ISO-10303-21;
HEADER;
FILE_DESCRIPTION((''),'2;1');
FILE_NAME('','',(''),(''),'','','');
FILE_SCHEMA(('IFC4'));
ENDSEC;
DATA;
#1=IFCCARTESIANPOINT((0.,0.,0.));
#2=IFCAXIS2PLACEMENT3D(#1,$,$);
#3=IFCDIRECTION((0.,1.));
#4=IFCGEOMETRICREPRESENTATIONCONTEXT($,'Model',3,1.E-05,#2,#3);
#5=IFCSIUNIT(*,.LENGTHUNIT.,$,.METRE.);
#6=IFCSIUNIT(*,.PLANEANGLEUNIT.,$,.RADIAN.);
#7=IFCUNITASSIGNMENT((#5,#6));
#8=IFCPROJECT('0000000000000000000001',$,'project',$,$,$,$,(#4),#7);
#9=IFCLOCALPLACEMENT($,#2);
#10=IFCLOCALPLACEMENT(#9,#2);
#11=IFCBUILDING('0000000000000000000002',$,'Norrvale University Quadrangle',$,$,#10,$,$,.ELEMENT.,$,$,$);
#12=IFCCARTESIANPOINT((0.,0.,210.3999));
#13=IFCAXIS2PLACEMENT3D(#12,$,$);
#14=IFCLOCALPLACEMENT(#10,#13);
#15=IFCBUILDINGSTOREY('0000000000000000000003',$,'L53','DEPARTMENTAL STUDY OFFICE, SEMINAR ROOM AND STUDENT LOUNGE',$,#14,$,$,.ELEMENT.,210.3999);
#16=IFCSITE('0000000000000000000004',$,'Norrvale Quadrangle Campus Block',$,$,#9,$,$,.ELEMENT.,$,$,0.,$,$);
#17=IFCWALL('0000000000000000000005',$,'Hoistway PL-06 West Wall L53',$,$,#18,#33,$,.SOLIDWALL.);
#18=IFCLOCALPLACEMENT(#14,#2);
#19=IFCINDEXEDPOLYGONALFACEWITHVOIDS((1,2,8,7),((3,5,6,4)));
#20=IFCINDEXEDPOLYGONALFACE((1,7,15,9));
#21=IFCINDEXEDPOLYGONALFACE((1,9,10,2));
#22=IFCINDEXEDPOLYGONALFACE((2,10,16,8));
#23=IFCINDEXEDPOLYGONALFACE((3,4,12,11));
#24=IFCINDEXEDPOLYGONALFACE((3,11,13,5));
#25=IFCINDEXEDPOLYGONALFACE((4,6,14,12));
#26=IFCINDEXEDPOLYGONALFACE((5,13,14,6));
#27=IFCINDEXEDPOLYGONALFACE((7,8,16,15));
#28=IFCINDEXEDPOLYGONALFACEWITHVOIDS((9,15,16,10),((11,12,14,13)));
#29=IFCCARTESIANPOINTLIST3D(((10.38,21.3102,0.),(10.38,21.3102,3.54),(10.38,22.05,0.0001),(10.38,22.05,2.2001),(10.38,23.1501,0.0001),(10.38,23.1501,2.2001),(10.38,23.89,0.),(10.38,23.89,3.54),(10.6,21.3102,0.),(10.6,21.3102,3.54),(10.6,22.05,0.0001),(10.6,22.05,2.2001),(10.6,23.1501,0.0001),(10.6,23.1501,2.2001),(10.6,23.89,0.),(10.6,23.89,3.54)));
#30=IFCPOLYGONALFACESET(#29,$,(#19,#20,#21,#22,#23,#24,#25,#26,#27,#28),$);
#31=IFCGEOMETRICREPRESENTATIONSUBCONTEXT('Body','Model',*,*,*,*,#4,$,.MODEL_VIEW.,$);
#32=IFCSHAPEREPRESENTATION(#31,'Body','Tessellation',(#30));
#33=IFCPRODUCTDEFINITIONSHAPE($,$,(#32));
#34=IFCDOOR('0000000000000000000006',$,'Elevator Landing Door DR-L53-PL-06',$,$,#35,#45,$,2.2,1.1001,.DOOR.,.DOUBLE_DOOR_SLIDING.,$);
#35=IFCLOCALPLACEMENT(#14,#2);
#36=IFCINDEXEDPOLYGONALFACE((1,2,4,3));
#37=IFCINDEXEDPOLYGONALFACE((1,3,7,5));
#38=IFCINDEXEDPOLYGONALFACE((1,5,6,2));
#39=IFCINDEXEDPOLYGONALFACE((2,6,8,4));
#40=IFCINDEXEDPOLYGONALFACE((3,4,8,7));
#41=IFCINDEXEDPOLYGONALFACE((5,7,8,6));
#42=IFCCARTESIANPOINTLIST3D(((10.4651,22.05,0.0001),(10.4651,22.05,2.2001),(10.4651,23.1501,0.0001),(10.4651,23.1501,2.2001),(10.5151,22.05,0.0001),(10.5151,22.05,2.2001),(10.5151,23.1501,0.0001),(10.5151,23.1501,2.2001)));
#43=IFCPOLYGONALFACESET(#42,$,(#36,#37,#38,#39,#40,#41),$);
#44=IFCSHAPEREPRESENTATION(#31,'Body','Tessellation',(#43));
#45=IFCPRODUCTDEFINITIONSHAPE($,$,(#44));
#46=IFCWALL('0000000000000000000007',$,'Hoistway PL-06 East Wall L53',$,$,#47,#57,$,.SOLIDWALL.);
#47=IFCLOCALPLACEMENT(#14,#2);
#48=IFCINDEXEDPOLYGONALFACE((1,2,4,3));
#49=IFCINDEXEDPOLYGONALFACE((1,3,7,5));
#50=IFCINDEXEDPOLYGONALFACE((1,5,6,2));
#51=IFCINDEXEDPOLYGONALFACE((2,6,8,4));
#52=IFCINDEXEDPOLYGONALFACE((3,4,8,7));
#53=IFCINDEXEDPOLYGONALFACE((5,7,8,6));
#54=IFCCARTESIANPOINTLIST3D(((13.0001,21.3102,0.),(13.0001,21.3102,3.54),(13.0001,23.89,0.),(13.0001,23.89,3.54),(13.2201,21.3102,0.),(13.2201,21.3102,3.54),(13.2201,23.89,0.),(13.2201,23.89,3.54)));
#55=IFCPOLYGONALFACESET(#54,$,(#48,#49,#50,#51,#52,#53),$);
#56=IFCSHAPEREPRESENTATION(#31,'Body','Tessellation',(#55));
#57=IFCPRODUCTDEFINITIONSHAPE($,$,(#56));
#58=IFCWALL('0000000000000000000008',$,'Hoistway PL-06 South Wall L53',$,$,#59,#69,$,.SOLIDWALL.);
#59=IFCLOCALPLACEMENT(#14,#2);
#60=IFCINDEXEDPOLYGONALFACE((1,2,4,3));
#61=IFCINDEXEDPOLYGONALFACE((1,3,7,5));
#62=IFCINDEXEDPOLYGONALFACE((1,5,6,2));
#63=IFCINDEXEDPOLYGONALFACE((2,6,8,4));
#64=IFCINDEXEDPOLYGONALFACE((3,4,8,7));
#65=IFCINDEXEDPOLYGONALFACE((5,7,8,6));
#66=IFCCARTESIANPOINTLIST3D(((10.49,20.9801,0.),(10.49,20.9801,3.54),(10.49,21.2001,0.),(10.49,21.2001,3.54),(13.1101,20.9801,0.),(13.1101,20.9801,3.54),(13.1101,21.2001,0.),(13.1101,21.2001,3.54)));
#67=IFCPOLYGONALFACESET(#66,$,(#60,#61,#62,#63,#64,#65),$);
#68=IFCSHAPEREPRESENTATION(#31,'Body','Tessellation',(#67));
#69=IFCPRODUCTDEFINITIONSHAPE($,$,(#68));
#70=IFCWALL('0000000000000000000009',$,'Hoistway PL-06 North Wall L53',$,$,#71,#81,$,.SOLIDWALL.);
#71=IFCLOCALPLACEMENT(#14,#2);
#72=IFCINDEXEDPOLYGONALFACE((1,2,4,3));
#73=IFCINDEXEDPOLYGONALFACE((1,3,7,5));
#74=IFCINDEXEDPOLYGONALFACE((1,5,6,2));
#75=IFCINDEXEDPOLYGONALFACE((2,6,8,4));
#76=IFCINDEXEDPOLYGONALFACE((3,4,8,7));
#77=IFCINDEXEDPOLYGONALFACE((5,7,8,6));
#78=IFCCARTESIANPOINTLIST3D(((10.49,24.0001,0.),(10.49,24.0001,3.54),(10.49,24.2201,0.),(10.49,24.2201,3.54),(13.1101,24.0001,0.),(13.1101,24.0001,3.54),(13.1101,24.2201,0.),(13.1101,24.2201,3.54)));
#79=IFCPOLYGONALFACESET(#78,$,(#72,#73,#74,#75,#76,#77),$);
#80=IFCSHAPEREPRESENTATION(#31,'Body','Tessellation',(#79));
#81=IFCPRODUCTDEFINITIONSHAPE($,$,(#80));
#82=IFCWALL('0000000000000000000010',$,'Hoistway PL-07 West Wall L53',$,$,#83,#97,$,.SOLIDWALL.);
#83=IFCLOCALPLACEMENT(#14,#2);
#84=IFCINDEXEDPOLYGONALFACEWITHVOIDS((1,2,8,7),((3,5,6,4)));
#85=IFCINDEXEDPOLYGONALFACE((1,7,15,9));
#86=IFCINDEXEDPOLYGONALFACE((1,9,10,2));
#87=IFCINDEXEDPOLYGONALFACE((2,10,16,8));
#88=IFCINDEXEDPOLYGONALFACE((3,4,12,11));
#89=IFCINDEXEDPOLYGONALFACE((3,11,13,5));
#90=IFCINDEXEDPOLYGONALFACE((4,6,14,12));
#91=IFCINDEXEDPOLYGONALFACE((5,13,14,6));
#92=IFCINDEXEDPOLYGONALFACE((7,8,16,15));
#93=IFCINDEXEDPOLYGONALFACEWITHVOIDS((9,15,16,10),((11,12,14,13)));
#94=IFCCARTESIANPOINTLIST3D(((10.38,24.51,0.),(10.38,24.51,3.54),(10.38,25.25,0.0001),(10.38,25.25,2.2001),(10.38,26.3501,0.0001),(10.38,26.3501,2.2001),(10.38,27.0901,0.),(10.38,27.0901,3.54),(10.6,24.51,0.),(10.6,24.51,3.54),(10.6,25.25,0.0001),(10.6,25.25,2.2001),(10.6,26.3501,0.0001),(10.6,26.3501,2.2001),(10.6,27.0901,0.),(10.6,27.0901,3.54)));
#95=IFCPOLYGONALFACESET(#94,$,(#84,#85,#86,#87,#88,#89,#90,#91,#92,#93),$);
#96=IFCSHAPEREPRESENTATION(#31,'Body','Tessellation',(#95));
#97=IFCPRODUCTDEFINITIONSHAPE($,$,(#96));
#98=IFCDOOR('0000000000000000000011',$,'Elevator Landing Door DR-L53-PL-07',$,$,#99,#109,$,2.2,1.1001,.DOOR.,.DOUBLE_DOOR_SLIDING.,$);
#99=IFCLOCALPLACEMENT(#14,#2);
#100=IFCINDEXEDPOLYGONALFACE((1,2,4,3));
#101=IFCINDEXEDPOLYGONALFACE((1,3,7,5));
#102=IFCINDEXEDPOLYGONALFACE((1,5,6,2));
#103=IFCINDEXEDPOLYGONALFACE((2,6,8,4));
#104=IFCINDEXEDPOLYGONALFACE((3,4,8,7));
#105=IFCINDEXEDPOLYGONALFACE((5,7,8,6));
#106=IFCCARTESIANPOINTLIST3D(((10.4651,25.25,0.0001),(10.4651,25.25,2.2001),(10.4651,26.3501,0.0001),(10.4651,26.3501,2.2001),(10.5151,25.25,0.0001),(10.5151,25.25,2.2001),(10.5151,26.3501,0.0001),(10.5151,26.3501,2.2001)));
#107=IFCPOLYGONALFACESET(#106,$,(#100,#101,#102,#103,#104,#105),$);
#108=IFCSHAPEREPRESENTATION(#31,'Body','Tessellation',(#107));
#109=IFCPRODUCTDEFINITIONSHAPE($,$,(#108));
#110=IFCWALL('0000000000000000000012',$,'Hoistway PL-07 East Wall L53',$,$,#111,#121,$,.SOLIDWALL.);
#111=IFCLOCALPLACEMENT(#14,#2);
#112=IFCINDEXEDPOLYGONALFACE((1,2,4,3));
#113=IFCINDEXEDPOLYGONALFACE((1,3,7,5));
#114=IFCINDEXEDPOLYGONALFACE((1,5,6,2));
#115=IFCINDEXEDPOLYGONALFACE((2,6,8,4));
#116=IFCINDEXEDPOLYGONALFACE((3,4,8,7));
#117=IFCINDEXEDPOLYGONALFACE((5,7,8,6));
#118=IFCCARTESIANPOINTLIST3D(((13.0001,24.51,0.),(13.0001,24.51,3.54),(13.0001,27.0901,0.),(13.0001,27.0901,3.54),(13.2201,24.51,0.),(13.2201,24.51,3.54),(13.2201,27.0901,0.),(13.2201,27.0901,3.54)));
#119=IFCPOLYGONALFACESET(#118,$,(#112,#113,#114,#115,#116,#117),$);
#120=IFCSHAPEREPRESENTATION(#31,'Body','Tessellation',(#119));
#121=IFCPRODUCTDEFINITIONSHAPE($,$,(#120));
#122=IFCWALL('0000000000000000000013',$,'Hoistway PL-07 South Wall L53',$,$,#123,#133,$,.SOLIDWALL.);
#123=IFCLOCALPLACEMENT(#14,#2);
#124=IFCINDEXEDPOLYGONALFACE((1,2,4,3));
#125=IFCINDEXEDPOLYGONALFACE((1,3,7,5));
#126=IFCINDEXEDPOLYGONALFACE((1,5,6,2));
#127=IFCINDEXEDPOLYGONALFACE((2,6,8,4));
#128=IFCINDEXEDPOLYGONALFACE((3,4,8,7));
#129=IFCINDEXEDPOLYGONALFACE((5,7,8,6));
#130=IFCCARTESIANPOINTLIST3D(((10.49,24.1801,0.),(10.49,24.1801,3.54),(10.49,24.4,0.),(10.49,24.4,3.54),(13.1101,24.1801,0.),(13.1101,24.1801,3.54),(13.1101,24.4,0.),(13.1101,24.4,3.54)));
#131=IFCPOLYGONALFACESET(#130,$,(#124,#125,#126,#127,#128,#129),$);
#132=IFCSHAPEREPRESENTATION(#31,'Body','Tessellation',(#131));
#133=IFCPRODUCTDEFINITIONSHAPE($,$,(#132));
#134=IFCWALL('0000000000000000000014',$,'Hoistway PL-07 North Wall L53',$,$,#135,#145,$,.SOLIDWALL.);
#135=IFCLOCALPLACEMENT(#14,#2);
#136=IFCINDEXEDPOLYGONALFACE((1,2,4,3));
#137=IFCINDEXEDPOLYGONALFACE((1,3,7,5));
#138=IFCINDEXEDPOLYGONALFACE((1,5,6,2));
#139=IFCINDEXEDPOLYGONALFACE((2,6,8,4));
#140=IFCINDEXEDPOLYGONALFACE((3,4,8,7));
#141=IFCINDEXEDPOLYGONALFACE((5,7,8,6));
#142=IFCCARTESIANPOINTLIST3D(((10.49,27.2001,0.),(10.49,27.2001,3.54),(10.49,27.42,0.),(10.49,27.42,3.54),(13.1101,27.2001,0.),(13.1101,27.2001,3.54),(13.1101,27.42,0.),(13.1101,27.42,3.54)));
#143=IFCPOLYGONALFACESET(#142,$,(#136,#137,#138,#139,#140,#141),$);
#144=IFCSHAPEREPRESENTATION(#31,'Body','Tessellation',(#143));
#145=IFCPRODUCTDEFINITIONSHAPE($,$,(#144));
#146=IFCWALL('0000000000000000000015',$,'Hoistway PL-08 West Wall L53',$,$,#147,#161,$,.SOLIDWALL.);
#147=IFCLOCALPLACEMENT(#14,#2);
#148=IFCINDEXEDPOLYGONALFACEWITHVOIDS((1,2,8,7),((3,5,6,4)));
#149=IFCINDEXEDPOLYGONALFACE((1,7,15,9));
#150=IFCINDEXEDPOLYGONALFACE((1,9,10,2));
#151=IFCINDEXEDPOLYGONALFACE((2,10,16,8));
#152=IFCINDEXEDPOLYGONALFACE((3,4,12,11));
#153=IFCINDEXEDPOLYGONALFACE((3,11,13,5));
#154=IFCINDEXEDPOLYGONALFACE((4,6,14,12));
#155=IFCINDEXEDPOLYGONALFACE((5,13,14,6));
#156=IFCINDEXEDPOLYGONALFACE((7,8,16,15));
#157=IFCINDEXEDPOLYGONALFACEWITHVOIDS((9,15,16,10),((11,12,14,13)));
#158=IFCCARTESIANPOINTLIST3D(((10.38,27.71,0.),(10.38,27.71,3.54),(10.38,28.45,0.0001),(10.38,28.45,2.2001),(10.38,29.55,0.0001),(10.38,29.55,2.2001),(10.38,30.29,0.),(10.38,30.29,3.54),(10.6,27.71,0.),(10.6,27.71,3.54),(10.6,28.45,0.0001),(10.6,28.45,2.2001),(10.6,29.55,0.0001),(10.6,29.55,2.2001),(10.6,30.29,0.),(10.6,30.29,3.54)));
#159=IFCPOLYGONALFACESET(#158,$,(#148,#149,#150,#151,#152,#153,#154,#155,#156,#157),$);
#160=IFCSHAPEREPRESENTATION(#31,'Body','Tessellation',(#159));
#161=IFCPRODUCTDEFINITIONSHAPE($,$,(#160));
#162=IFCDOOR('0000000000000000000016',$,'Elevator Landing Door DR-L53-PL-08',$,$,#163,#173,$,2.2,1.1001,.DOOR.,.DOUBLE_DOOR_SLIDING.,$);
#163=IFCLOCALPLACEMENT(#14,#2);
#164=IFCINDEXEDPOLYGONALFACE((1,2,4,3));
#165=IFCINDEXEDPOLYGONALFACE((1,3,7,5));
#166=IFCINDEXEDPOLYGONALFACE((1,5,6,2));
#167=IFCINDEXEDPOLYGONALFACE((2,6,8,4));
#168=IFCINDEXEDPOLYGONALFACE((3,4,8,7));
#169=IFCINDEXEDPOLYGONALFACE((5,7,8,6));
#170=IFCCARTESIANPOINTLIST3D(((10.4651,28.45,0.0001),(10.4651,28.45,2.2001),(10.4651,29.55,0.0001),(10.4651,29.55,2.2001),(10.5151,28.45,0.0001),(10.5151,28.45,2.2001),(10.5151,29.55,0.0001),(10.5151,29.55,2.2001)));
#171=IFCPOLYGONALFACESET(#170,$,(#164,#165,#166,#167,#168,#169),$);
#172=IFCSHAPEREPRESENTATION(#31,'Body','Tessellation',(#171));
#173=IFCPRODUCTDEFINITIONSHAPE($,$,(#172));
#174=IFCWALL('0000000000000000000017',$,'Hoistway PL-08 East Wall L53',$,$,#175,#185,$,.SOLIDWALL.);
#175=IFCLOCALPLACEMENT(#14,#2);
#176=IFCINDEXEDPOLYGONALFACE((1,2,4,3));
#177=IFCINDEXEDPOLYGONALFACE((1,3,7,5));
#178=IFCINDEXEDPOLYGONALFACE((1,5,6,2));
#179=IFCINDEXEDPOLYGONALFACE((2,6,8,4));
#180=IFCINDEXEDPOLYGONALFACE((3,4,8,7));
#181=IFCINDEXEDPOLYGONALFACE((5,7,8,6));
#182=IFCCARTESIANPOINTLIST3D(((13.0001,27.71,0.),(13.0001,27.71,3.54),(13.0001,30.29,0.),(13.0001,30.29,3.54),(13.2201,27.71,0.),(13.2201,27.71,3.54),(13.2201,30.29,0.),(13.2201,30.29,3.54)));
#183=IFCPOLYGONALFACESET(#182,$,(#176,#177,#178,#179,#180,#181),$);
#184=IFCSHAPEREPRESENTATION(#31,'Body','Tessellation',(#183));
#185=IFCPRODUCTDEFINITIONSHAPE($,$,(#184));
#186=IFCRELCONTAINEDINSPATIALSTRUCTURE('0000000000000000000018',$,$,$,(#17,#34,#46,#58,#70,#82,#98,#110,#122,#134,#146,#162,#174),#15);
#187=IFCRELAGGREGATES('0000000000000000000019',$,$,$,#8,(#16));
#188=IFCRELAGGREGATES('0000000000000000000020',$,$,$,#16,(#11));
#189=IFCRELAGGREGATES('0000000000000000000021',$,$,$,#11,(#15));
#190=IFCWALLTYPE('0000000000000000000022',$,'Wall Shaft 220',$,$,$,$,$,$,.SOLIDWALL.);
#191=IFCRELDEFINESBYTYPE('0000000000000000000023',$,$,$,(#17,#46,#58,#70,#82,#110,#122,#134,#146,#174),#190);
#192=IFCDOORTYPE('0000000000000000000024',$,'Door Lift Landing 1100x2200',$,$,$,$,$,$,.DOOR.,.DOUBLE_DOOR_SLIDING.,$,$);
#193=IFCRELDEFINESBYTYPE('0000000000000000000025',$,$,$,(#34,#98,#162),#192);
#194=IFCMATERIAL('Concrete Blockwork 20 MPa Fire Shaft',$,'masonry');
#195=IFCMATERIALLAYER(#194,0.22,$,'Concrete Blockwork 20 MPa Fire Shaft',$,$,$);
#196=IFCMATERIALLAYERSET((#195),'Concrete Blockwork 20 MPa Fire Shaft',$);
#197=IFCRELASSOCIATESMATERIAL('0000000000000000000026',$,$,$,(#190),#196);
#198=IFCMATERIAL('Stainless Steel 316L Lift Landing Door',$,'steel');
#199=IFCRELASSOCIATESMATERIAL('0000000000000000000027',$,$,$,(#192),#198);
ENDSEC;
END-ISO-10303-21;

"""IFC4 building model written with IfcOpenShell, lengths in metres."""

from ifc_helpers import new_model, si_unit, direction, frame, frame_2d, origin, place, context, subcontext, project, spatial, rectangle, extrude, material, layer, layer_set, type_object, element, fill, save


model = new_model("IFC4")

# Units and contexts
model_context = context("Model", 3, precision=1e-05, world=origin(), true_north=direction((0.0, 1.0)))
body_context = subcontext(model_context, "Body", "Model", "MODEL_VIEW")
ifc_project = project(units=[si_unit("LENGTHUNIT", "METRE"), si_unit("PLANEANGLEUNIT", "RADIAN")], contexts=[model_context])

# Site, building, storey
site_placement = place(None, origin())
site = spatial("IfcSite", under=ifc_project, at=site_placement, Name="Norrvale Quadrangle Campus Block", CompositionType="ELEMENT", RefElevation=0.0)
building_placement = place(site_placement, origin())
building = spatial("IfcBuilding", under=site, at=building_placement, Name="Norrvale University Quadrangle", CompositionType="ELEMENT")
storey_placement = place(building_placement, frame((0.0, 0.0, 210.3999)))
storey = spatial("IfcBuildingStorey", under=building, at=storey_placement, Name="L53", Description="DEPARTMENTAL STUDY OFFICE, SEMINAR ROOM AND STUDENT LOUNGE", CompositionType="ELEMENT", Elevation=210.3999)

# Shared definitions
ifc_material_1 = material(Name="Concrete Blockwork 20 MPa Fire Shaft", Category="masonry")
ifc_layer_1 = layer(ifc_material_1, 0.22, Name="Concrete Blockwork 20 MPa Fire Shaft")
ifc_layer_set_1 = layer_set([ifc_layer_1], Name="Concrete Blockwork 20 MPa Fire Shaft")
wall_type_1 = type_object("IfcWallType", Name="Wall Shaft 220", PredefinedType="SOLIDWALL", material=ifc_layer_set_1)

# Wall, opening, door
wall_1_placement = place(storey_placement, frame((10.49, 21.3101, 0.0), z_axis=(0.0, 0.0, 1.0), x_axis=(0.0, 1.0, 0.0)))
wall_1 = element("IfcWall", 1, at=wall_1_placement, inside=storey, type_object=wall_type_1, Name="Hoistway PL-06 West Wall L53", PredefinedType="SOLIDWALL", context=body_context, shape_type="SweptSolid", body=[
    extrude(rectangle(XDim=2.5798, YDim=0.22, at=frame_2d((1.29, 0.0))), origin(), (0.0, 0.0, 1.0), 3.54),
])
opening_1_placement = place(wall_1_placement, frame((0.74, 0.0, 0.0)))
opening_1 = element("IfcOpeningElement", 2, at=opening_1_placement, cuts=wall_1, PredefinedType="OPENING", context=body_context, shape_type="SweptSolid", body=[
    extrude(rectangle(XDim=1.1001, YDim=2.2, at=frame_2d((0.55, 1.1001))), frame((0.0, 0.1221, 0.0), z_axis=(0.0, -1.0, 0.0), x_axis=(1.0, 0.0, 0.0)), (0.0, 0.0, 1.0), 0.2439),
])
ifc_material_2 = material(Name="Stainless Steel 316L Lift Landing Door", Category="steel")
door_type_1 = type_object("IfcDoorType", Name="Door Lift Landing 1100x2200", OperationType="DOUBLE_DOOR_SLIDING", PredefinedType="DOOR", material=ifc_material_2)
door_1_placement = place(opening_1_placement, origin())
door_1 = element("IfcDoor", 3, at=door_1_placement, inside=storey, type_object=door_type_1, Name="Elevator Landing Door DR-L53-PL-06", OperationType="DOUBLE_DOOR_SLIDING", OverallHeight=2.2, OverallWidth=1.1001, PredefinedType="DOOR", context=body_context, shape_type="SweptSolid", body=[
    extrude(rectangle(XDim=1.1001, YDim=2.2, at=frame_2d((0.55, 1.1001))), frame((0.0, 0.0249, 0.0), z_axis=(0.0, -1.0, 0.0), x_axis=(1.0, 0.0, 0.0)), (0.0, 0.0, 1.0), 0.05),
])
fill(opening_1, door_1)

# Walls
wall_2_placement = place(storey_placement, frame((13.1101, 21.3101, 0.0), z_axis=(0.0, 0.0, 1.0), x_axis=(0.0, 1.0, 0.0)))
element("IfcWall", 4, at=wall_2_placement, inside=storey, type_object=wall_type_1, Name="Hoistway PL-06 East Wall L53", PredefinedType="SOLIDWALL", context=body_context, shape_type="SweptSolid", body=[
    extrude(rectangle(XDim=2.5798, YDim=0.22, at=frame_2d((1.29, 0.0))), origin(), (0.0, 0.0, 1.0), 3.54),
])
for number, where, z_axis, x_axis, name in (
    (5, (10.49, 21.0901, 0.0), (0.0, 0.0, 1.0), (1.0, 0.0, 0.0), "Hoistway PL-06 South Wall L53"),
    (6, (10.49, 24.1101, 0.0), (0.0, 0.0, 1.0), (1.0, 0.0, 0.0), "Hoistway PL-06 North Wall L53"),
):
    element("IfcWall", number, at=place(storey_placement, frame(where, z_axis=z_axis, x_axis=x_axis)), inside=storey, type_object=wall_type_1, Name=name, PredefinedType="SOLIDWALL", context=body_context, shape_type="SweptSolid", body=[
        extrude(rectangle(XDim=2.6201, YDim=0.22, at=frame_2d((1.3101, 0.0))), origin(), (0.0, 0.0, 1.0), 3.54),
    ])

# Wall, opening, door
wall_3_placement = place(storey_placement, frame((10.49, 24.51, 0.0), z_axis=(0.0, 0.0, 1.0), x_axis=(0.0, 1.0, 0.0)))
wall_3 = element("IfcWall", 7, at=wall_3_placement, inside=storey, type_object=wall_type_1, Name="Hoistway PL-07 West Wall L53", PredefinedType="SOLIDWALL", context=body_context, shape_type="SweptSolid", body=[
    extrude(rectangle(XDim=2.5801, YDim=0.22, at=frame_2d((1.29, 0.0))), origin(), (0.0, 0.0, 1.0), 3.54),
])
opening_2_placement = place(wall_3_placement, frame((0.74, 0.0, 0.0)))
opening_2 = element("IfcOpeningElement", 8, at=opening_2_placement, cuts=wall_3, PredefinedType="OPENING", context=body_context, shape_type="SweptSolid", body=[
    extrude(rectangle(XDim=1.1001, YDim=2.2, at=frame_2d((0.55, 1.1001))), frame((0.0, 0.1221, 0.0), z_axis=(0.0, -1.0, 0.0), x_axis=(1.0, 0.0, 0.0)), (0.0, 0.0, 1.0), 0.2439),
])
door_2_placement = place(opening_2_placement, origin())
door_2 = element("IfcDoor", 9, at=door_2_placement, inside=storey, type_object=door_type_1, Name="Elevator Landing Door DR-L53-PL-07", OperationType="DOUBLE_DOOR_SLIDING", OverallHeight=2.2, OverallWidth=1.1001, PredefinedType="DOOR", context=body_context, shape_type="SweptSolid", body=[
    extrude(rectangle(XDim=1.1001, YDim=2.2, at=frame_2d((0.55, 1.1001))), frame((0.0, 0.0249, 0.0), z_axis=(0.0, -1.0, 0.0), x_axis=(1.0, 0.0, 0.0)), (0.0, 0.0, 1.0), 0.05),
])
fill(opening_2, door_2)

# Walls
wall_4_placement = place(storey_placement, frame((13.1101, 24.51, 0.0), z_axis=(0.0, 0.0, 1.0), x_axis=(0.0, 1.0, 0.0)))
element("IfcWall", 10, at=wall_4_placement, inside=storey, type_object=wall_type_1, Name="Hoistway PL-07 East Wall L53", PredefinedType="SOLIDWALL", context=body_context, shape_type="SweptSolid", body=[
    extrude(rectangle(XDim=2.5801, YDim=0.22, at=frame_2d((1.29, 0.0))), origin(), (0.0, 0.0, 1.0), 3.54),
])
for number, where, z_axis, x_axis, name in (
    (11, (10.49, 24.29, 0.0), (0.0, 0.0, 1.0), (1.0, 0.0, 0.0), "Hoistway PL-07 South Wall L53"),
    (12, (10.49, 27.3101, 0.0), (0.0, 0.0, 1.0), (1.0, 0.0, 0.0), "Hoistway PL-07 North Wall L53"),
):
    element("IfcWall", number, at=place(storey_placement, frame(where, z_axis=z_axis, x_axis=x_axis)), inside=storey, type_object=wall_type_1, Name=name, PredefinedType="SOLIDWALL", context=body_context, shape_type="SweptSolid", body=[
        extrude(rectangle(XDim=2.6201, YDim=0.22, at=frame_2d((1.3101, 0.0))), origin(), (0.0, 0.0, 1.0), 3.54),
    ])

# Wall, opening, door
wall_5_placement = place(storey_placement, frame((10.49, 27.71, 0.0), z_axis=(0.0, 0.0, 1.0), x_axis=(0.0, 1.0, 0.0)))
wall_5 = element("IfcWall", 13, at=wall_5_placement, inside=storey, type_object=wall_type_1, Name="Hoistway PL-08 West Wall L53", PredefinedType="SOLIDWALL", context=body_context, shape_type="SweptSolid", body=[
    extrude(rectangle(XDim=2.5801, YDim=0.22, at=frame_2d((1.29, 0.0))), origin(), (0.0, 0.0, 1.0), 3.54),
])
opening_3_placement = place(wall_5_placement, frame((0.74, 0.0, 0.0)))
opening_3 = element("IfcOpeningElement", 14, at=opening_3_placement, cuts=wall_5, PredefinedType="OPENING", context=body_context, shape_type="SweptSolid", body=[
    extrude(rectangle(XDim=1.1001, YDim=2.2, at=frame_2d((0.55, 1.1001))), frame((0.0, 0.1221, 0.0), z_axis=(0.0, -1.0, 0.0), x_axis=(1.0, 0.0, 0.0)), (0.0, 0.0, 1.0), 0.2439),
])
door_3_placement = place(opening_3_placement, origin())
door_3 = element("IfcDoor", 15, at=door_3_placement, inside=storey, type_object=door_type_1, Name="Elevator Landing Door DR-L53-PL-08", OperationType="DOUBLE_DOOR_SLIDING", OverallHeight=2.2, OverallWidth=1.1001, PredefinedType="DOOR", context=body_context, shape_type="SweptSolid", body=[
    extrude(rectangle(XDim=1.1001, YDim=2.2, at=frame_2d((0.55, 1.1001))), frame((0.0, 0.0249, 0.0), z_axis=(0.0, -1.0, 0.0), x_axis=(1.0, 0.0, 0.0)), (0.0, 0.0, 1.0), 0.05),
])
fill(opening_3, door_3)

# Wall
wall_6_placement = place(storey_placement, frame((13.1101, 27.71, 0.0), z_axis=(0.0, 0.0, 1.0), x_axis=(0.0, 1.0, 0.0)))
element("IfcWall", 16, at=wall_6_placement, inside=storey, type_object=wall_type_1, Name="Hoistway PL-08 East Wall L53", PredefinedType="SOLIDWALL", context=body_context, shape_type="SweptSolid", body=[
    extrude(rectangle(XDim=2.5801, YDim=0.22, at=frame_2d((1.29, 0.0))), origin(), (0.0, 0.0, 1.0), 3.54),
])

save(model, "model.ifc")
